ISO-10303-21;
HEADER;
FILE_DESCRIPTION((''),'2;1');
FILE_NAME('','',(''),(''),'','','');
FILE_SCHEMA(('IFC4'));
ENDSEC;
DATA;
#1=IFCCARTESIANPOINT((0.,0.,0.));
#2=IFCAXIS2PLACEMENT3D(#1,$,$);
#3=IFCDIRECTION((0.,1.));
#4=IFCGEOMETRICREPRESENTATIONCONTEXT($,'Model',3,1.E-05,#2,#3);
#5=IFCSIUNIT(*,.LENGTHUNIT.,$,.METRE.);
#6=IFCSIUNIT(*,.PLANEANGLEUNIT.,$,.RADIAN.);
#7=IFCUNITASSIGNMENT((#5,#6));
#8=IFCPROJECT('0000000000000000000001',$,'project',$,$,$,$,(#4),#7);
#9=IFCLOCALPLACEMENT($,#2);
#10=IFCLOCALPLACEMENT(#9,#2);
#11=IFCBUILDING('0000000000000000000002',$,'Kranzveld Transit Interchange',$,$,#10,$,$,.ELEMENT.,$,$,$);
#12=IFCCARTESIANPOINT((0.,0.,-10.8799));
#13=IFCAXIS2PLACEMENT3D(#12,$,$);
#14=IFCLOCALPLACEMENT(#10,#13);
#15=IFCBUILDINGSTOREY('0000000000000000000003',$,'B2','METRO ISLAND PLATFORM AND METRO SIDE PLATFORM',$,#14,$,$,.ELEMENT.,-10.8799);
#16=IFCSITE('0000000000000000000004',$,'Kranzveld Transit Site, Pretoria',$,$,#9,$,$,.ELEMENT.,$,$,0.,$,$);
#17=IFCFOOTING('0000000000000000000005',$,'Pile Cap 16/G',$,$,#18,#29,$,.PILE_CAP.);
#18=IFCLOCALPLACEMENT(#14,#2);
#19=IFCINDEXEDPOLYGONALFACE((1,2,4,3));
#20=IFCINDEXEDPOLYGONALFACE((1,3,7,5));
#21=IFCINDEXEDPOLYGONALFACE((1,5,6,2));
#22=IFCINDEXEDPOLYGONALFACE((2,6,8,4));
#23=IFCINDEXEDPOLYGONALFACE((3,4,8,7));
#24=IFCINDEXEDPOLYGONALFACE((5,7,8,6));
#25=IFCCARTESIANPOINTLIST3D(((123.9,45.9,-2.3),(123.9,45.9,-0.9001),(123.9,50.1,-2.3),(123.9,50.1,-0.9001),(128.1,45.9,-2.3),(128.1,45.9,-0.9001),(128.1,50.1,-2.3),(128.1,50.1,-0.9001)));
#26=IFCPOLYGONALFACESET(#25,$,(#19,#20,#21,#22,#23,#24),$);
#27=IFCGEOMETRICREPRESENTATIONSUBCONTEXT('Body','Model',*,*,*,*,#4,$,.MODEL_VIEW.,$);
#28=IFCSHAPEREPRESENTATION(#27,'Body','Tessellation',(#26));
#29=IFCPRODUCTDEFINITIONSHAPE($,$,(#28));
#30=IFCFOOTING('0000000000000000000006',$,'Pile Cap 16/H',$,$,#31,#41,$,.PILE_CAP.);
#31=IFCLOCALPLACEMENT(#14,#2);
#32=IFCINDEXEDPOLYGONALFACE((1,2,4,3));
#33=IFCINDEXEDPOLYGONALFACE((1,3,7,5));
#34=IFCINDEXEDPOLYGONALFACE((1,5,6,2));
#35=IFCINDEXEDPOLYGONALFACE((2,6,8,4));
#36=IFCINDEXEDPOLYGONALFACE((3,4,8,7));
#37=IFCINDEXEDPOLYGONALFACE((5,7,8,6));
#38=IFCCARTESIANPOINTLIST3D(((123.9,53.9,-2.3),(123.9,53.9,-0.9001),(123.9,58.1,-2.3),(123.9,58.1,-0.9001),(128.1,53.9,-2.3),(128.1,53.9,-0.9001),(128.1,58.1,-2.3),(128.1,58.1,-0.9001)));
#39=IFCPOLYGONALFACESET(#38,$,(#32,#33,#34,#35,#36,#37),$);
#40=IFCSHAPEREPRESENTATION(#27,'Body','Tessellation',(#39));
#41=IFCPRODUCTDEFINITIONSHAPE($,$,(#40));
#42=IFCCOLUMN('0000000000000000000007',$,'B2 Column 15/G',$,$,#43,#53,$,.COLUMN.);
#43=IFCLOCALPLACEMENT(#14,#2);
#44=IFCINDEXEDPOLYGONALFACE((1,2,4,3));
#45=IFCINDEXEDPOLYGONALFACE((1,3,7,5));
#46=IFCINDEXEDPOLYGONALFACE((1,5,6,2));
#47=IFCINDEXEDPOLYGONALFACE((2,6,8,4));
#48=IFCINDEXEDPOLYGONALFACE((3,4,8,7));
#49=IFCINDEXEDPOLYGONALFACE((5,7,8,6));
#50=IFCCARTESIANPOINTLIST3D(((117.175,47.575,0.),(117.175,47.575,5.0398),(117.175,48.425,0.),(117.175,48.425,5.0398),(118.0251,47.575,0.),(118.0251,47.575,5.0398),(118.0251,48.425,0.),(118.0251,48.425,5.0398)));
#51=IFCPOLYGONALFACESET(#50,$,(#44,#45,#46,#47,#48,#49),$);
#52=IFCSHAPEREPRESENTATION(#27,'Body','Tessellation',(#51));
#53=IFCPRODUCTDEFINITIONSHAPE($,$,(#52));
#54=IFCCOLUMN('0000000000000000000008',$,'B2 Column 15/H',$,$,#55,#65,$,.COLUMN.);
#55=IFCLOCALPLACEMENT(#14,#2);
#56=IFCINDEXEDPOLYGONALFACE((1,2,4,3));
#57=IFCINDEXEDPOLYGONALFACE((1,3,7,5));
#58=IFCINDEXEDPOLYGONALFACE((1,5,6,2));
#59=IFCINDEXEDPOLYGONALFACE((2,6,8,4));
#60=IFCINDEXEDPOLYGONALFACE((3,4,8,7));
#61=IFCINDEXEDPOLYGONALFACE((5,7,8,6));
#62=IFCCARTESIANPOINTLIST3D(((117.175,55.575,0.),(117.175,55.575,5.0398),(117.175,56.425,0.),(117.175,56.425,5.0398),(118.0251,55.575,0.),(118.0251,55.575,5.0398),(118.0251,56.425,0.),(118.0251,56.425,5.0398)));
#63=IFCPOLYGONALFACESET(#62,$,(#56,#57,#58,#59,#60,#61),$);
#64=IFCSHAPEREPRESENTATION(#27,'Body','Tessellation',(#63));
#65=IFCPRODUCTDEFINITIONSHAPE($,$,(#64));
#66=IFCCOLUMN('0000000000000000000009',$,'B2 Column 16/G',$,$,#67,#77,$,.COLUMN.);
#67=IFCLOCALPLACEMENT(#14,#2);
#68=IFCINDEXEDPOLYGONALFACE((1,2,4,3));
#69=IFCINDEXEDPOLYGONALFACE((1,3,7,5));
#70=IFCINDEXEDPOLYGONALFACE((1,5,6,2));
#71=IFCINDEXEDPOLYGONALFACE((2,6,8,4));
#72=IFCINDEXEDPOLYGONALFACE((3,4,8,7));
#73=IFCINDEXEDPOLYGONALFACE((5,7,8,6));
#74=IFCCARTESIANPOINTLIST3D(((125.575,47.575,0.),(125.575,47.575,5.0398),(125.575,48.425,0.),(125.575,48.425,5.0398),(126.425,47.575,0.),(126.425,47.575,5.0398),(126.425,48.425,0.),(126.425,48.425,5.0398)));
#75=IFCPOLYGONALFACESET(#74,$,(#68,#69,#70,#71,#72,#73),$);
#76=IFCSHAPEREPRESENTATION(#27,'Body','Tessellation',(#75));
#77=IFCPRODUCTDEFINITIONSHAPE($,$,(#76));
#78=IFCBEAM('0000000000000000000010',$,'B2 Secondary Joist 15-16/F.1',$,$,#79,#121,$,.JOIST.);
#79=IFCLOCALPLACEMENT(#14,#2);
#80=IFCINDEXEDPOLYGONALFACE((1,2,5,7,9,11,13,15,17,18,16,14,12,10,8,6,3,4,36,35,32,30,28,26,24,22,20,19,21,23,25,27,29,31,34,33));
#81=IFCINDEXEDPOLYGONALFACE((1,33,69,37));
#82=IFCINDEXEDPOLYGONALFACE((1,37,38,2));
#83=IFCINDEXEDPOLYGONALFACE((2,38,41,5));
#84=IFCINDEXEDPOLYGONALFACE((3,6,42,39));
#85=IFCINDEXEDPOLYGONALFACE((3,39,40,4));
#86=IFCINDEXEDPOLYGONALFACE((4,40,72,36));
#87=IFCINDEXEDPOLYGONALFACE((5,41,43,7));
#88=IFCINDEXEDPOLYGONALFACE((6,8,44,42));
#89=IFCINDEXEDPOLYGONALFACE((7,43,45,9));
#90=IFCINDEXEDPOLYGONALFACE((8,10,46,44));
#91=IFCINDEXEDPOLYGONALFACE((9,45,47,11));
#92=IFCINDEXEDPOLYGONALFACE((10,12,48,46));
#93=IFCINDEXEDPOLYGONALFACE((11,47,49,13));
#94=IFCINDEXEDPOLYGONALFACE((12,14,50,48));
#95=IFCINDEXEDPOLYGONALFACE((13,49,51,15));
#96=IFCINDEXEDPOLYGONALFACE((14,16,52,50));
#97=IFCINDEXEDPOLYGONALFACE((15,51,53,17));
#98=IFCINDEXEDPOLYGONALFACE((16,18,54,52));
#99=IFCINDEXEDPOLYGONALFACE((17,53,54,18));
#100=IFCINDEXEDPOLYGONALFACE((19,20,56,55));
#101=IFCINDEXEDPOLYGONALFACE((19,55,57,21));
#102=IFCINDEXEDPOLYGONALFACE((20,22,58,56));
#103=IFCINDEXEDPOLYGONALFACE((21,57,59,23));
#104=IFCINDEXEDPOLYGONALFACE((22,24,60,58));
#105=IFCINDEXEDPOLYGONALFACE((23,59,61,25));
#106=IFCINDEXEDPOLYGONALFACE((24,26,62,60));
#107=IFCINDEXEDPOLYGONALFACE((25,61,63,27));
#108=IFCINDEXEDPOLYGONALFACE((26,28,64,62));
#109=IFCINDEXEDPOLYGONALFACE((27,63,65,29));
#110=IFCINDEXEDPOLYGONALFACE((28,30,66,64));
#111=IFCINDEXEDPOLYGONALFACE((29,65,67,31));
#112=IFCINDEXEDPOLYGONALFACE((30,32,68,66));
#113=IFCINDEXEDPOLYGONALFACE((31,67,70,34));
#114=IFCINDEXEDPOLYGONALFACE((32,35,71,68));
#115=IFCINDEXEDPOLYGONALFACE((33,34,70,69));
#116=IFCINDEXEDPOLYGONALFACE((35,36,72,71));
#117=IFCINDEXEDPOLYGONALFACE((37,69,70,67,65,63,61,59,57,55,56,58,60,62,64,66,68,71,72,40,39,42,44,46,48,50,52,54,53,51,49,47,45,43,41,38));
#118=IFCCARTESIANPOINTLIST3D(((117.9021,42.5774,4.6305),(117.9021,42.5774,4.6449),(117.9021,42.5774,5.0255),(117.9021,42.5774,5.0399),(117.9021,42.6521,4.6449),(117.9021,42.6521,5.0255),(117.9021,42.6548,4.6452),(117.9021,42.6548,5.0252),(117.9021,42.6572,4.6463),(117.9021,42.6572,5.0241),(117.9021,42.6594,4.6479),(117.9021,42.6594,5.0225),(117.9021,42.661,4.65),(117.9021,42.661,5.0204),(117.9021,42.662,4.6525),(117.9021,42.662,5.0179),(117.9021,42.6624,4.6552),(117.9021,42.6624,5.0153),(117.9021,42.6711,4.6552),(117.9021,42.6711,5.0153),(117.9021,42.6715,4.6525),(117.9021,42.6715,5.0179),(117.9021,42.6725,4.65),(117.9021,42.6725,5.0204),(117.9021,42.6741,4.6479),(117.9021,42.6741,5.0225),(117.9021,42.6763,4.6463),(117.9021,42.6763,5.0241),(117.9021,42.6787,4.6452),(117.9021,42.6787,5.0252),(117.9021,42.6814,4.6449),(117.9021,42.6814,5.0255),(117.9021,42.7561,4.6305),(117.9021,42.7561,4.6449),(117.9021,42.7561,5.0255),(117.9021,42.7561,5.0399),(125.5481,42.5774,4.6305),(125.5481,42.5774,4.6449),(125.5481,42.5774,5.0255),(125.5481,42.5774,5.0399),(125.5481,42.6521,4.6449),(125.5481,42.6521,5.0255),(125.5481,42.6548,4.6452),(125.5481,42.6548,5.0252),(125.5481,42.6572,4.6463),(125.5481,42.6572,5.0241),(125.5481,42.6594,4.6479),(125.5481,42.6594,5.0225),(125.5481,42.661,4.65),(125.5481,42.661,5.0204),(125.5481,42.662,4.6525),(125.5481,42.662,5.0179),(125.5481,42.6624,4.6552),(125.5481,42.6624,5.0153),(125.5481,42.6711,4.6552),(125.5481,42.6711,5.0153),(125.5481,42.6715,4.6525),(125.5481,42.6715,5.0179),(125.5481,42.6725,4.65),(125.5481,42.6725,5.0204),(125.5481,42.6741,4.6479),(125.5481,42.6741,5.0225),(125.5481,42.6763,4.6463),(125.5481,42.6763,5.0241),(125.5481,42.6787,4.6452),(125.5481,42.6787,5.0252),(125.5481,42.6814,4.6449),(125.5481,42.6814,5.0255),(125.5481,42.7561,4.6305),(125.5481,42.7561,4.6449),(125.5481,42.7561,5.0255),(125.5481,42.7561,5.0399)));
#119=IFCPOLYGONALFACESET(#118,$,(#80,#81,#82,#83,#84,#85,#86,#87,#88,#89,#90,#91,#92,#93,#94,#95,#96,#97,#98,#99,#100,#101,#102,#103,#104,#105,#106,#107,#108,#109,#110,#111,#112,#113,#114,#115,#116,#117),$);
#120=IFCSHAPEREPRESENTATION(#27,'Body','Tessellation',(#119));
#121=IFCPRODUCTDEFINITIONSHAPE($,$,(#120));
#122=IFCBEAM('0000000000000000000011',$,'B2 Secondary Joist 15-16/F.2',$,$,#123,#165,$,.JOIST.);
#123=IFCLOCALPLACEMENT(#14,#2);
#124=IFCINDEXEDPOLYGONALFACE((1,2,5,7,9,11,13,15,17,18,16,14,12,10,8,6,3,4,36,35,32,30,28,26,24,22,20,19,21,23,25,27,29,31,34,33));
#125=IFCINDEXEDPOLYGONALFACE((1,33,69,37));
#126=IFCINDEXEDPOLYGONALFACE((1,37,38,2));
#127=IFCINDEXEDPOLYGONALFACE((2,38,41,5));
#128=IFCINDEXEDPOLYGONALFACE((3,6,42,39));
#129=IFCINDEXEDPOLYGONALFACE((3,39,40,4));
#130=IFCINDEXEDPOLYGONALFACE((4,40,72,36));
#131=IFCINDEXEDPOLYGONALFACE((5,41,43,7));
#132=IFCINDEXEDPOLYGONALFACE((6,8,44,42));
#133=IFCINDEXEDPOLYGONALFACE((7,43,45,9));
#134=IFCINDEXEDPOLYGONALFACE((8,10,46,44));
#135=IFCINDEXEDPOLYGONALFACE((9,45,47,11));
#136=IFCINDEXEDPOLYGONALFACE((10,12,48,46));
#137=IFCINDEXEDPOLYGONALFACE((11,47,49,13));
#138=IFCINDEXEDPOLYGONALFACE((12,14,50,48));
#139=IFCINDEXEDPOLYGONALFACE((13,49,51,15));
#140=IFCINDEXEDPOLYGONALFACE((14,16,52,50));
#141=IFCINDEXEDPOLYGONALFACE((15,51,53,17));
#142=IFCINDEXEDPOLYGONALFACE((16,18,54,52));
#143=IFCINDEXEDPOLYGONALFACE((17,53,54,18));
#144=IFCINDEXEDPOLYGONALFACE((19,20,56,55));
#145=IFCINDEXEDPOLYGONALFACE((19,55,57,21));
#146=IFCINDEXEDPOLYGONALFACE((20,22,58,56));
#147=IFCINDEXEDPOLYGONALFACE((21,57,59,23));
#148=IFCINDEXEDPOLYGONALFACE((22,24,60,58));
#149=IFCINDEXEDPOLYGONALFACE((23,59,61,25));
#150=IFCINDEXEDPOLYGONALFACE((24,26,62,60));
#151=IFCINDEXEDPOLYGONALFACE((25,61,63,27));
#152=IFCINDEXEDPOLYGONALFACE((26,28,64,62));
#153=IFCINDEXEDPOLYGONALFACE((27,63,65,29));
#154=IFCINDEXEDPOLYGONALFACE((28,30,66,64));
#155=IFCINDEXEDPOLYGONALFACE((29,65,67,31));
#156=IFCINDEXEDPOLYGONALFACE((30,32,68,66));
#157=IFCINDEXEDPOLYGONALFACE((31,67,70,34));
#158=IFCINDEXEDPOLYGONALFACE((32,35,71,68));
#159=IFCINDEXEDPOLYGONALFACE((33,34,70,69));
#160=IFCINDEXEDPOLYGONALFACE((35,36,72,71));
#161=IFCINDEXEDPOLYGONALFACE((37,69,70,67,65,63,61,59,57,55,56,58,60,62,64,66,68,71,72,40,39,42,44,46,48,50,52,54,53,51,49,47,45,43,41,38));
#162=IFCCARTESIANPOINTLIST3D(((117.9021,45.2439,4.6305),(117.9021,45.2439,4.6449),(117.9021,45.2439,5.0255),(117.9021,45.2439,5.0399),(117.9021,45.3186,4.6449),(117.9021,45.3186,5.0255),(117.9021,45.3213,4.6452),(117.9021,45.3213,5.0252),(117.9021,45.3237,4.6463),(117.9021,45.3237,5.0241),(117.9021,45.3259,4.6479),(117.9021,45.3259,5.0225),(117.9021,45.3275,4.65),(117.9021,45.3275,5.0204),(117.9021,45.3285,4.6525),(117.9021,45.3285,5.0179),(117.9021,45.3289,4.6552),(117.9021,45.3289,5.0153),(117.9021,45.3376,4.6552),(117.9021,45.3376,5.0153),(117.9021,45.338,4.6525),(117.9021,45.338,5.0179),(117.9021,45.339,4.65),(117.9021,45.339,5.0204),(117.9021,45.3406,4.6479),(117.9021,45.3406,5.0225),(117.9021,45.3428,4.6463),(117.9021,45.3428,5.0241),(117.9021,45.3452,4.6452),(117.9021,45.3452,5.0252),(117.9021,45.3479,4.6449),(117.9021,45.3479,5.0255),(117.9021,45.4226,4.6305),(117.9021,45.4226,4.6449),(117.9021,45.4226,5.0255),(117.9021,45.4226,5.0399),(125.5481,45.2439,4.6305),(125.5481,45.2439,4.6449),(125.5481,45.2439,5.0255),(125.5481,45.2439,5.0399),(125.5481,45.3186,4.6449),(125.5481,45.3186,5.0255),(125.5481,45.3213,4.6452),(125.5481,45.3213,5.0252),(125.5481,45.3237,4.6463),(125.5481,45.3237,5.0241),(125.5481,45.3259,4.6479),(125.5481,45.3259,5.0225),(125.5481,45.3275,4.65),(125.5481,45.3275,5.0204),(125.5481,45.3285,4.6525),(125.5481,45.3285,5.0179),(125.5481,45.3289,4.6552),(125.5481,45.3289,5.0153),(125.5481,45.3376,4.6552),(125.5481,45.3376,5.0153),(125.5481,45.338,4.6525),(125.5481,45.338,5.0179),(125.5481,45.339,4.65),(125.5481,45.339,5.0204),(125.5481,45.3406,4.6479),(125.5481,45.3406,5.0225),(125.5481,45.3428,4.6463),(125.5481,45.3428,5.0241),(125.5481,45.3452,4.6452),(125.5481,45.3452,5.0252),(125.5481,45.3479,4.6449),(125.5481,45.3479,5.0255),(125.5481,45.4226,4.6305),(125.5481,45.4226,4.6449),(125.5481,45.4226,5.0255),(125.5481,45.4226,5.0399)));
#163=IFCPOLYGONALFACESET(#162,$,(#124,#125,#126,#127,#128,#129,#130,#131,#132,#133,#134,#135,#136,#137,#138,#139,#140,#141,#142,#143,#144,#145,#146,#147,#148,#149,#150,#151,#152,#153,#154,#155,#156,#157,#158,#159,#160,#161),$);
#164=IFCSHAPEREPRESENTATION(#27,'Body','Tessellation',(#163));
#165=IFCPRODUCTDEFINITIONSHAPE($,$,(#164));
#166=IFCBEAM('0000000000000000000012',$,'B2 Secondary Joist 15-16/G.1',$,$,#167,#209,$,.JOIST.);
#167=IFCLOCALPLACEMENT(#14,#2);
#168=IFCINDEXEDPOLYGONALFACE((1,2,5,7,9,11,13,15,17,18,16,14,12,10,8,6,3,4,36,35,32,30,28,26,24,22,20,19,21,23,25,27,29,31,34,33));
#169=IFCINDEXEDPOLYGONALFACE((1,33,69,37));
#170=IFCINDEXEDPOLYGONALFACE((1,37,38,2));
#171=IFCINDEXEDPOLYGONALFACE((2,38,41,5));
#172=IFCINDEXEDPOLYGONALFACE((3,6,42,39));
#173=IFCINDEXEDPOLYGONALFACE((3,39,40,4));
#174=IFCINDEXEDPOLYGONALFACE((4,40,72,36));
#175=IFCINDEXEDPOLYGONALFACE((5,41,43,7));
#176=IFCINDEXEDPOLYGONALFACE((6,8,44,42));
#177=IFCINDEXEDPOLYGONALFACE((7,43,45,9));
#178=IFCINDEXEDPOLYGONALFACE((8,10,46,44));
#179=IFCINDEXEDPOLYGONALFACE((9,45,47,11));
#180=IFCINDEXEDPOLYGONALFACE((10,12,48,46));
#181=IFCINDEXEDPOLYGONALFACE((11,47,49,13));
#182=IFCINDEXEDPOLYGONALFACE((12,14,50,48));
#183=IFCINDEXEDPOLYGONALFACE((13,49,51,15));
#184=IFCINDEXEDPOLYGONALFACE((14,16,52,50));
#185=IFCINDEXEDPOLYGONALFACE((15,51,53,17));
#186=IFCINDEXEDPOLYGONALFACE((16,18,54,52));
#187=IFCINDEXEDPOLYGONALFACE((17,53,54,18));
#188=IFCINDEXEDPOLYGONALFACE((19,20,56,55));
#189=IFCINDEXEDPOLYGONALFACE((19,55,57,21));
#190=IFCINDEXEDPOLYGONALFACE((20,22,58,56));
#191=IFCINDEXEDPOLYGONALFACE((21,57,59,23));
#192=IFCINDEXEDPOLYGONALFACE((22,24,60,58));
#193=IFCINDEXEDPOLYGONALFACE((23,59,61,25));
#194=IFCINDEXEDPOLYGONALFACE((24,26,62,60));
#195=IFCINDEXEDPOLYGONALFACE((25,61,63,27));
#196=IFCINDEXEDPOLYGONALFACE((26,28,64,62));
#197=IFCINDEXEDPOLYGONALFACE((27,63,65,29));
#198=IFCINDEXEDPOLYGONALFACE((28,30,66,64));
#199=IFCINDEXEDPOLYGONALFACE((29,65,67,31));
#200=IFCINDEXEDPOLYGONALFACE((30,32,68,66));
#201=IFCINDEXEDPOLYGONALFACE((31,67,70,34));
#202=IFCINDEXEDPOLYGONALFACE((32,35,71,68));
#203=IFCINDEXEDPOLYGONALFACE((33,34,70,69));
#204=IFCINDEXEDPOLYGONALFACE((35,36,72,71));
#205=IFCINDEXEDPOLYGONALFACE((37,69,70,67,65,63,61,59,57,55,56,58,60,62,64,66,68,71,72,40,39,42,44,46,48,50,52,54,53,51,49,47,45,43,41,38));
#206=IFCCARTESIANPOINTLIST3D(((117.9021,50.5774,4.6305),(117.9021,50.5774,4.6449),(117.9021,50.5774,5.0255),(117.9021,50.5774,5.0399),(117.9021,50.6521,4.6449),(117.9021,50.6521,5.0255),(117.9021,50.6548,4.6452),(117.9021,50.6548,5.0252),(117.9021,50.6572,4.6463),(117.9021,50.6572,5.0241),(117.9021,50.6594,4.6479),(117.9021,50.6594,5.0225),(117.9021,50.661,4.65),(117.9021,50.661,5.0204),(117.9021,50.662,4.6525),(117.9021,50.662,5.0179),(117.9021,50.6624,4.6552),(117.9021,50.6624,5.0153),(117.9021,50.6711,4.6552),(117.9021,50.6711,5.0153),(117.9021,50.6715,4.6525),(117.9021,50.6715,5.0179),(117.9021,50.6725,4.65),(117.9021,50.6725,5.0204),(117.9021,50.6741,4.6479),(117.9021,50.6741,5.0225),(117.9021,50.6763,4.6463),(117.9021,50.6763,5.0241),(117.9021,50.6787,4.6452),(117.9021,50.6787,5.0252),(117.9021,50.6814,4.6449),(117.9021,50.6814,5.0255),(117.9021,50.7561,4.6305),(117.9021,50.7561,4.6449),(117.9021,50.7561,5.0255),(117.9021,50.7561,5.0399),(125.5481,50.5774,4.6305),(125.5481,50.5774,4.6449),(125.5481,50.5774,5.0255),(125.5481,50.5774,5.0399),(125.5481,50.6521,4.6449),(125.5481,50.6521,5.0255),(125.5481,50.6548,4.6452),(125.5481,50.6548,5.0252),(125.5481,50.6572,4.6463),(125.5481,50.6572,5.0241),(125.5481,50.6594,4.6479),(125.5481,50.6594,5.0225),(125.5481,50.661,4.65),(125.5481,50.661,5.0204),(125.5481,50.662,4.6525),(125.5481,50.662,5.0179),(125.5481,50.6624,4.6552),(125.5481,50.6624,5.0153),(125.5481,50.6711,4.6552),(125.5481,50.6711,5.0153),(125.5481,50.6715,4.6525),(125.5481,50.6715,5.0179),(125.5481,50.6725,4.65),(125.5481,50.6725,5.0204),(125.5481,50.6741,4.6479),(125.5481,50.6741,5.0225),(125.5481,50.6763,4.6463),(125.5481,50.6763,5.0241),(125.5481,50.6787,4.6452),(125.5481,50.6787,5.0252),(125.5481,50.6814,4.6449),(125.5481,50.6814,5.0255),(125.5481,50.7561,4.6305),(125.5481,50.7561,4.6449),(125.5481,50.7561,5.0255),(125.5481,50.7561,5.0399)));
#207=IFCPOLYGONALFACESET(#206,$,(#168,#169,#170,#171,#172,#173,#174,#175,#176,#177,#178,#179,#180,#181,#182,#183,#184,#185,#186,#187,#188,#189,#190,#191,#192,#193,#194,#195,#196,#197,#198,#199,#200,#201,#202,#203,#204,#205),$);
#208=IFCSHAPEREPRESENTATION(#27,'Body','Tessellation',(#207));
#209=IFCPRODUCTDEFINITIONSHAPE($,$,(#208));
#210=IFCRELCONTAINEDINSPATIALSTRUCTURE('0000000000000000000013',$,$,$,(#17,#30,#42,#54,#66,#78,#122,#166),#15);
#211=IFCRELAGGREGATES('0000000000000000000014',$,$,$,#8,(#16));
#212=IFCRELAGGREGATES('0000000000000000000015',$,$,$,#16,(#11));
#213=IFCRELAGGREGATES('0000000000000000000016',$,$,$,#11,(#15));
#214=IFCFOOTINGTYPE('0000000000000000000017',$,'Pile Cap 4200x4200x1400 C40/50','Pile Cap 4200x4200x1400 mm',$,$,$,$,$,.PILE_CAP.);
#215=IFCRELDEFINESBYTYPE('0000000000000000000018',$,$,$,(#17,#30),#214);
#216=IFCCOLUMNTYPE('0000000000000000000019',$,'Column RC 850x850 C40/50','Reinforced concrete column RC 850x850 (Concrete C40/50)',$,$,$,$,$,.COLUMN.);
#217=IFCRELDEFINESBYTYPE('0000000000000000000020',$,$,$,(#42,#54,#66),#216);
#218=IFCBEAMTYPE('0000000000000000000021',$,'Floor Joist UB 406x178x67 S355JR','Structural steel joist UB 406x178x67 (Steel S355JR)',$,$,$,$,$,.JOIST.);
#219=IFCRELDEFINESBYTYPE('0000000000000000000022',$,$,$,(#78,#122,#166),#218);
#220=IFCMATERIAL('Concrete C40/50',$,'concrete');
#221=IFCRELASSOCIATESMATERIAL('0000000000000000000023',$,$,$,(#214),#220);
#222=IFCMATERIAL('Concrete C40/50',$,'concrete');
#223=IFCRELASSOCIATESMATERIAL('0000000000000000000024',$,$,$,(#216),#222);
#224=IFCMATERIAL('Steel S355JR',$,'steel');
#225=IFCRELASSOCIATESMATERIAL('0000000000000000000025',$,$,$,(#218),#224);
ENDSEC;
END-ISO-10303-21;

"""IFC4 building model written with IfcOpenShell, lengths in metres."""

from ifc_helpers import new_model, si_unit, direction, frame, origin, origin_2d, place, context, subcontext, project, spatial, rectangle, i_section, extrude, material, material_profile, profile_set, type_object, element, save


model = new_model("IFC4")

# Units and contexts
model_context = context("Model", 3, precision=1e-05, world=origin(), true_north=direction((0.0, 1.0)))
body_context = subcontext(model_context, "Body", "Model", "MODEL_VIEW")
ifc_project = project(units=[si_unit("LENGTHUNIT", "METRE"), si_unit("PLANEANGLEUNIT", "RADIAN")], contexts=[model_context])

# Site, building, storey
site_placement = place(None, origin())
site = spatial("IfcSite", under=ifc_project, at=site_placement, Name="Kranzveld Transit Site, Pretoria", CompositionType="ELEMENT", RefElevation=0.0)
building_placement = place(site_placement, origin())
building = spatial("IfcBuilding", under=site, at=building_placement, Name="Kranzveld Transit Interchange", CompositionType="ELEMENT")
storey_placement = place(building_placement, frame((0.0, 0.0, -10.8799)))
storey = spatial("IfcBuildingStorey", under=building, at=storey_placement, Name="B2", Description="METRO ISLAND PLATFORM AND METRO SIDE PLATFORM", CompositionType="ELEMENT", Elevation=-10.8799)

# Footings
ifc_material_1 = material(Name="Concrete C40/50", Category="concrete")
footing_type = type_object("IfcFootingType", Name="Pile Cap 4200x4200x1400 C40/50", Description="Pile Cap 4200x4200x1400 mm", PredefinedType="PILE_CAP", material=ifc_material_1)
for number, where, z_axis, x_axis, name in (
    (1, (126.0, 48.0, -2.3), (0.0, 0.0, 1.0), (1.0, 0.0, 0.0), "Pile Cap 16/G"),
    (2, (126.0, 56.0, -2.3), (0.0, 0.0, 1.0), (1.0, 0.0, 0.0), "Pile Cap 16/H"),
):
    element("IfcFooting", number, at=place(storey_placement, frame(where, z_axis=z_axis, x_axis=x_axis)), inside=storey, type_object=footing_type, Name=name, PredefinedType="PILE_CAP", context=body_context, shape_type="SweptSolid", body=[
        extrude(rectangle(XDim=4.2, YDim=4.2, at=origin_2d()), origin(), (0.0, 0.0, 1.0), 1.3999),
    ])

# Columns
ifc_material_2 = material(Name="Concrete C40/50", Category="concrete")
ifc_material_profile_1 = material_profile(ifc_material_2, rectangle(XDim=0.8501, YDim=0.8501, at=origin_2d()), Name="RC 850x850")
ifc_profile_set_1 = profile_set([ifc_material_profile_1], Name="Concrete C40/50")
column_type = type_object("IfcColumnType", Name="Column RC 850x850 C40/50", Description="Reinforced concrete column RC 850x850 (Concrete C40/50)", PredefinedType="COLUMN", material=ifc_profile_set_1)
for number, where, z_axis, x_axis, name in (
    (3, (117.6001, 48.0, 0.0), (0.0, 0.0, 1.0), (1.0, 0.0, 0.0), "B2 Column 15/G"),
    (4, (117.6001, 56.0, 0.0), (0.0, 0.0, 1.0), (1.0, 0.0, 0.0), "B2 Column 15/H"),
    (5, (126.0, 48.0, 0.0), (0.0, 0.0, 1.0), (1.0, 0.0, 0.0), "B2 Column 16/G"),
):
    element("IfcColumn", number, at=place(storey_placement, frame(where, z_axis=z_axis, x_axis=x_axis)), inside=storey, type_object=column_type, Name=name, PredefinedType="COLUMN", context=body_context, shape_type="SweptSolid", body=[
        extrude(rectangle(XDim=0.8501, YDim=0.8501, at=origin_2d()), origin(), (0.0, 0.0, 1.0), 5.0398),
    ])

# Beams
ifc_material_3 = material(Name="Steel S355JR", Category="steel")
ifc_material_profile_2 = material_profile(ifc_material_3, i_section(OverallWidth=0.1787, OverallDepth=0.4094, WebThickness=0.0088, FlangeThickness=0.0144, FilletRadius=0.0103, at=origin_2d()), Name="UB 406x178x67")
ifc_profile_set_2 = profile_set([ifc_material_profile_2], Name="Steel S355JR")
beam_type_1 = type_object("IfcBeamType", Name="Floor Joist UB 406x178x67 S355JR", Description="Structural steel joist UB 406x178x67 (Steel S355JR)", PredefinedType="JOIST", material=ifc_profile_set_2)
for number, where, z_axis, x_axis, name in (
    (6, (117.9021, 42.6667, 4.8352), (1.0, 0.0, 0.0), (0.0, 1.0, 0.0), "B2 Secondary Joist 15-16/F.1"),
    (7, (117.9021, 45.3333, 4.8352), (1.0, 0.0, 0.0), (0.0, 1.0, 0.0), "B2 Secondary Joist 15-16/F.2"),
    (8, (117.9021, 50.6667, 4.8352), (1.0, 0.0, 0.0), (0.0, 1.0, 0.0), "B2 Secondary Joist 15-16/G.1"),
):
    element("IfcBeam", number, at=place(storey_placement, frame(where, z_axis=z_axis, x_axis=x_axis)), inside=storey, type_object=beam_type_1, Name=name, PredefinedType="JOIST", context=body_context, shape_type="SweptSolid", body=[
        extrude(i_section(OverallWidth=0.1787, OverallDepth=0.4094, WebThickness=0.0088, FlangeThickness=0.0144, FilletRadius=0.0103, at=origin_2d()), origin(), (0.0, 0.0, 1.0), 7.646),
    ])

save(model, "model.ifc")
